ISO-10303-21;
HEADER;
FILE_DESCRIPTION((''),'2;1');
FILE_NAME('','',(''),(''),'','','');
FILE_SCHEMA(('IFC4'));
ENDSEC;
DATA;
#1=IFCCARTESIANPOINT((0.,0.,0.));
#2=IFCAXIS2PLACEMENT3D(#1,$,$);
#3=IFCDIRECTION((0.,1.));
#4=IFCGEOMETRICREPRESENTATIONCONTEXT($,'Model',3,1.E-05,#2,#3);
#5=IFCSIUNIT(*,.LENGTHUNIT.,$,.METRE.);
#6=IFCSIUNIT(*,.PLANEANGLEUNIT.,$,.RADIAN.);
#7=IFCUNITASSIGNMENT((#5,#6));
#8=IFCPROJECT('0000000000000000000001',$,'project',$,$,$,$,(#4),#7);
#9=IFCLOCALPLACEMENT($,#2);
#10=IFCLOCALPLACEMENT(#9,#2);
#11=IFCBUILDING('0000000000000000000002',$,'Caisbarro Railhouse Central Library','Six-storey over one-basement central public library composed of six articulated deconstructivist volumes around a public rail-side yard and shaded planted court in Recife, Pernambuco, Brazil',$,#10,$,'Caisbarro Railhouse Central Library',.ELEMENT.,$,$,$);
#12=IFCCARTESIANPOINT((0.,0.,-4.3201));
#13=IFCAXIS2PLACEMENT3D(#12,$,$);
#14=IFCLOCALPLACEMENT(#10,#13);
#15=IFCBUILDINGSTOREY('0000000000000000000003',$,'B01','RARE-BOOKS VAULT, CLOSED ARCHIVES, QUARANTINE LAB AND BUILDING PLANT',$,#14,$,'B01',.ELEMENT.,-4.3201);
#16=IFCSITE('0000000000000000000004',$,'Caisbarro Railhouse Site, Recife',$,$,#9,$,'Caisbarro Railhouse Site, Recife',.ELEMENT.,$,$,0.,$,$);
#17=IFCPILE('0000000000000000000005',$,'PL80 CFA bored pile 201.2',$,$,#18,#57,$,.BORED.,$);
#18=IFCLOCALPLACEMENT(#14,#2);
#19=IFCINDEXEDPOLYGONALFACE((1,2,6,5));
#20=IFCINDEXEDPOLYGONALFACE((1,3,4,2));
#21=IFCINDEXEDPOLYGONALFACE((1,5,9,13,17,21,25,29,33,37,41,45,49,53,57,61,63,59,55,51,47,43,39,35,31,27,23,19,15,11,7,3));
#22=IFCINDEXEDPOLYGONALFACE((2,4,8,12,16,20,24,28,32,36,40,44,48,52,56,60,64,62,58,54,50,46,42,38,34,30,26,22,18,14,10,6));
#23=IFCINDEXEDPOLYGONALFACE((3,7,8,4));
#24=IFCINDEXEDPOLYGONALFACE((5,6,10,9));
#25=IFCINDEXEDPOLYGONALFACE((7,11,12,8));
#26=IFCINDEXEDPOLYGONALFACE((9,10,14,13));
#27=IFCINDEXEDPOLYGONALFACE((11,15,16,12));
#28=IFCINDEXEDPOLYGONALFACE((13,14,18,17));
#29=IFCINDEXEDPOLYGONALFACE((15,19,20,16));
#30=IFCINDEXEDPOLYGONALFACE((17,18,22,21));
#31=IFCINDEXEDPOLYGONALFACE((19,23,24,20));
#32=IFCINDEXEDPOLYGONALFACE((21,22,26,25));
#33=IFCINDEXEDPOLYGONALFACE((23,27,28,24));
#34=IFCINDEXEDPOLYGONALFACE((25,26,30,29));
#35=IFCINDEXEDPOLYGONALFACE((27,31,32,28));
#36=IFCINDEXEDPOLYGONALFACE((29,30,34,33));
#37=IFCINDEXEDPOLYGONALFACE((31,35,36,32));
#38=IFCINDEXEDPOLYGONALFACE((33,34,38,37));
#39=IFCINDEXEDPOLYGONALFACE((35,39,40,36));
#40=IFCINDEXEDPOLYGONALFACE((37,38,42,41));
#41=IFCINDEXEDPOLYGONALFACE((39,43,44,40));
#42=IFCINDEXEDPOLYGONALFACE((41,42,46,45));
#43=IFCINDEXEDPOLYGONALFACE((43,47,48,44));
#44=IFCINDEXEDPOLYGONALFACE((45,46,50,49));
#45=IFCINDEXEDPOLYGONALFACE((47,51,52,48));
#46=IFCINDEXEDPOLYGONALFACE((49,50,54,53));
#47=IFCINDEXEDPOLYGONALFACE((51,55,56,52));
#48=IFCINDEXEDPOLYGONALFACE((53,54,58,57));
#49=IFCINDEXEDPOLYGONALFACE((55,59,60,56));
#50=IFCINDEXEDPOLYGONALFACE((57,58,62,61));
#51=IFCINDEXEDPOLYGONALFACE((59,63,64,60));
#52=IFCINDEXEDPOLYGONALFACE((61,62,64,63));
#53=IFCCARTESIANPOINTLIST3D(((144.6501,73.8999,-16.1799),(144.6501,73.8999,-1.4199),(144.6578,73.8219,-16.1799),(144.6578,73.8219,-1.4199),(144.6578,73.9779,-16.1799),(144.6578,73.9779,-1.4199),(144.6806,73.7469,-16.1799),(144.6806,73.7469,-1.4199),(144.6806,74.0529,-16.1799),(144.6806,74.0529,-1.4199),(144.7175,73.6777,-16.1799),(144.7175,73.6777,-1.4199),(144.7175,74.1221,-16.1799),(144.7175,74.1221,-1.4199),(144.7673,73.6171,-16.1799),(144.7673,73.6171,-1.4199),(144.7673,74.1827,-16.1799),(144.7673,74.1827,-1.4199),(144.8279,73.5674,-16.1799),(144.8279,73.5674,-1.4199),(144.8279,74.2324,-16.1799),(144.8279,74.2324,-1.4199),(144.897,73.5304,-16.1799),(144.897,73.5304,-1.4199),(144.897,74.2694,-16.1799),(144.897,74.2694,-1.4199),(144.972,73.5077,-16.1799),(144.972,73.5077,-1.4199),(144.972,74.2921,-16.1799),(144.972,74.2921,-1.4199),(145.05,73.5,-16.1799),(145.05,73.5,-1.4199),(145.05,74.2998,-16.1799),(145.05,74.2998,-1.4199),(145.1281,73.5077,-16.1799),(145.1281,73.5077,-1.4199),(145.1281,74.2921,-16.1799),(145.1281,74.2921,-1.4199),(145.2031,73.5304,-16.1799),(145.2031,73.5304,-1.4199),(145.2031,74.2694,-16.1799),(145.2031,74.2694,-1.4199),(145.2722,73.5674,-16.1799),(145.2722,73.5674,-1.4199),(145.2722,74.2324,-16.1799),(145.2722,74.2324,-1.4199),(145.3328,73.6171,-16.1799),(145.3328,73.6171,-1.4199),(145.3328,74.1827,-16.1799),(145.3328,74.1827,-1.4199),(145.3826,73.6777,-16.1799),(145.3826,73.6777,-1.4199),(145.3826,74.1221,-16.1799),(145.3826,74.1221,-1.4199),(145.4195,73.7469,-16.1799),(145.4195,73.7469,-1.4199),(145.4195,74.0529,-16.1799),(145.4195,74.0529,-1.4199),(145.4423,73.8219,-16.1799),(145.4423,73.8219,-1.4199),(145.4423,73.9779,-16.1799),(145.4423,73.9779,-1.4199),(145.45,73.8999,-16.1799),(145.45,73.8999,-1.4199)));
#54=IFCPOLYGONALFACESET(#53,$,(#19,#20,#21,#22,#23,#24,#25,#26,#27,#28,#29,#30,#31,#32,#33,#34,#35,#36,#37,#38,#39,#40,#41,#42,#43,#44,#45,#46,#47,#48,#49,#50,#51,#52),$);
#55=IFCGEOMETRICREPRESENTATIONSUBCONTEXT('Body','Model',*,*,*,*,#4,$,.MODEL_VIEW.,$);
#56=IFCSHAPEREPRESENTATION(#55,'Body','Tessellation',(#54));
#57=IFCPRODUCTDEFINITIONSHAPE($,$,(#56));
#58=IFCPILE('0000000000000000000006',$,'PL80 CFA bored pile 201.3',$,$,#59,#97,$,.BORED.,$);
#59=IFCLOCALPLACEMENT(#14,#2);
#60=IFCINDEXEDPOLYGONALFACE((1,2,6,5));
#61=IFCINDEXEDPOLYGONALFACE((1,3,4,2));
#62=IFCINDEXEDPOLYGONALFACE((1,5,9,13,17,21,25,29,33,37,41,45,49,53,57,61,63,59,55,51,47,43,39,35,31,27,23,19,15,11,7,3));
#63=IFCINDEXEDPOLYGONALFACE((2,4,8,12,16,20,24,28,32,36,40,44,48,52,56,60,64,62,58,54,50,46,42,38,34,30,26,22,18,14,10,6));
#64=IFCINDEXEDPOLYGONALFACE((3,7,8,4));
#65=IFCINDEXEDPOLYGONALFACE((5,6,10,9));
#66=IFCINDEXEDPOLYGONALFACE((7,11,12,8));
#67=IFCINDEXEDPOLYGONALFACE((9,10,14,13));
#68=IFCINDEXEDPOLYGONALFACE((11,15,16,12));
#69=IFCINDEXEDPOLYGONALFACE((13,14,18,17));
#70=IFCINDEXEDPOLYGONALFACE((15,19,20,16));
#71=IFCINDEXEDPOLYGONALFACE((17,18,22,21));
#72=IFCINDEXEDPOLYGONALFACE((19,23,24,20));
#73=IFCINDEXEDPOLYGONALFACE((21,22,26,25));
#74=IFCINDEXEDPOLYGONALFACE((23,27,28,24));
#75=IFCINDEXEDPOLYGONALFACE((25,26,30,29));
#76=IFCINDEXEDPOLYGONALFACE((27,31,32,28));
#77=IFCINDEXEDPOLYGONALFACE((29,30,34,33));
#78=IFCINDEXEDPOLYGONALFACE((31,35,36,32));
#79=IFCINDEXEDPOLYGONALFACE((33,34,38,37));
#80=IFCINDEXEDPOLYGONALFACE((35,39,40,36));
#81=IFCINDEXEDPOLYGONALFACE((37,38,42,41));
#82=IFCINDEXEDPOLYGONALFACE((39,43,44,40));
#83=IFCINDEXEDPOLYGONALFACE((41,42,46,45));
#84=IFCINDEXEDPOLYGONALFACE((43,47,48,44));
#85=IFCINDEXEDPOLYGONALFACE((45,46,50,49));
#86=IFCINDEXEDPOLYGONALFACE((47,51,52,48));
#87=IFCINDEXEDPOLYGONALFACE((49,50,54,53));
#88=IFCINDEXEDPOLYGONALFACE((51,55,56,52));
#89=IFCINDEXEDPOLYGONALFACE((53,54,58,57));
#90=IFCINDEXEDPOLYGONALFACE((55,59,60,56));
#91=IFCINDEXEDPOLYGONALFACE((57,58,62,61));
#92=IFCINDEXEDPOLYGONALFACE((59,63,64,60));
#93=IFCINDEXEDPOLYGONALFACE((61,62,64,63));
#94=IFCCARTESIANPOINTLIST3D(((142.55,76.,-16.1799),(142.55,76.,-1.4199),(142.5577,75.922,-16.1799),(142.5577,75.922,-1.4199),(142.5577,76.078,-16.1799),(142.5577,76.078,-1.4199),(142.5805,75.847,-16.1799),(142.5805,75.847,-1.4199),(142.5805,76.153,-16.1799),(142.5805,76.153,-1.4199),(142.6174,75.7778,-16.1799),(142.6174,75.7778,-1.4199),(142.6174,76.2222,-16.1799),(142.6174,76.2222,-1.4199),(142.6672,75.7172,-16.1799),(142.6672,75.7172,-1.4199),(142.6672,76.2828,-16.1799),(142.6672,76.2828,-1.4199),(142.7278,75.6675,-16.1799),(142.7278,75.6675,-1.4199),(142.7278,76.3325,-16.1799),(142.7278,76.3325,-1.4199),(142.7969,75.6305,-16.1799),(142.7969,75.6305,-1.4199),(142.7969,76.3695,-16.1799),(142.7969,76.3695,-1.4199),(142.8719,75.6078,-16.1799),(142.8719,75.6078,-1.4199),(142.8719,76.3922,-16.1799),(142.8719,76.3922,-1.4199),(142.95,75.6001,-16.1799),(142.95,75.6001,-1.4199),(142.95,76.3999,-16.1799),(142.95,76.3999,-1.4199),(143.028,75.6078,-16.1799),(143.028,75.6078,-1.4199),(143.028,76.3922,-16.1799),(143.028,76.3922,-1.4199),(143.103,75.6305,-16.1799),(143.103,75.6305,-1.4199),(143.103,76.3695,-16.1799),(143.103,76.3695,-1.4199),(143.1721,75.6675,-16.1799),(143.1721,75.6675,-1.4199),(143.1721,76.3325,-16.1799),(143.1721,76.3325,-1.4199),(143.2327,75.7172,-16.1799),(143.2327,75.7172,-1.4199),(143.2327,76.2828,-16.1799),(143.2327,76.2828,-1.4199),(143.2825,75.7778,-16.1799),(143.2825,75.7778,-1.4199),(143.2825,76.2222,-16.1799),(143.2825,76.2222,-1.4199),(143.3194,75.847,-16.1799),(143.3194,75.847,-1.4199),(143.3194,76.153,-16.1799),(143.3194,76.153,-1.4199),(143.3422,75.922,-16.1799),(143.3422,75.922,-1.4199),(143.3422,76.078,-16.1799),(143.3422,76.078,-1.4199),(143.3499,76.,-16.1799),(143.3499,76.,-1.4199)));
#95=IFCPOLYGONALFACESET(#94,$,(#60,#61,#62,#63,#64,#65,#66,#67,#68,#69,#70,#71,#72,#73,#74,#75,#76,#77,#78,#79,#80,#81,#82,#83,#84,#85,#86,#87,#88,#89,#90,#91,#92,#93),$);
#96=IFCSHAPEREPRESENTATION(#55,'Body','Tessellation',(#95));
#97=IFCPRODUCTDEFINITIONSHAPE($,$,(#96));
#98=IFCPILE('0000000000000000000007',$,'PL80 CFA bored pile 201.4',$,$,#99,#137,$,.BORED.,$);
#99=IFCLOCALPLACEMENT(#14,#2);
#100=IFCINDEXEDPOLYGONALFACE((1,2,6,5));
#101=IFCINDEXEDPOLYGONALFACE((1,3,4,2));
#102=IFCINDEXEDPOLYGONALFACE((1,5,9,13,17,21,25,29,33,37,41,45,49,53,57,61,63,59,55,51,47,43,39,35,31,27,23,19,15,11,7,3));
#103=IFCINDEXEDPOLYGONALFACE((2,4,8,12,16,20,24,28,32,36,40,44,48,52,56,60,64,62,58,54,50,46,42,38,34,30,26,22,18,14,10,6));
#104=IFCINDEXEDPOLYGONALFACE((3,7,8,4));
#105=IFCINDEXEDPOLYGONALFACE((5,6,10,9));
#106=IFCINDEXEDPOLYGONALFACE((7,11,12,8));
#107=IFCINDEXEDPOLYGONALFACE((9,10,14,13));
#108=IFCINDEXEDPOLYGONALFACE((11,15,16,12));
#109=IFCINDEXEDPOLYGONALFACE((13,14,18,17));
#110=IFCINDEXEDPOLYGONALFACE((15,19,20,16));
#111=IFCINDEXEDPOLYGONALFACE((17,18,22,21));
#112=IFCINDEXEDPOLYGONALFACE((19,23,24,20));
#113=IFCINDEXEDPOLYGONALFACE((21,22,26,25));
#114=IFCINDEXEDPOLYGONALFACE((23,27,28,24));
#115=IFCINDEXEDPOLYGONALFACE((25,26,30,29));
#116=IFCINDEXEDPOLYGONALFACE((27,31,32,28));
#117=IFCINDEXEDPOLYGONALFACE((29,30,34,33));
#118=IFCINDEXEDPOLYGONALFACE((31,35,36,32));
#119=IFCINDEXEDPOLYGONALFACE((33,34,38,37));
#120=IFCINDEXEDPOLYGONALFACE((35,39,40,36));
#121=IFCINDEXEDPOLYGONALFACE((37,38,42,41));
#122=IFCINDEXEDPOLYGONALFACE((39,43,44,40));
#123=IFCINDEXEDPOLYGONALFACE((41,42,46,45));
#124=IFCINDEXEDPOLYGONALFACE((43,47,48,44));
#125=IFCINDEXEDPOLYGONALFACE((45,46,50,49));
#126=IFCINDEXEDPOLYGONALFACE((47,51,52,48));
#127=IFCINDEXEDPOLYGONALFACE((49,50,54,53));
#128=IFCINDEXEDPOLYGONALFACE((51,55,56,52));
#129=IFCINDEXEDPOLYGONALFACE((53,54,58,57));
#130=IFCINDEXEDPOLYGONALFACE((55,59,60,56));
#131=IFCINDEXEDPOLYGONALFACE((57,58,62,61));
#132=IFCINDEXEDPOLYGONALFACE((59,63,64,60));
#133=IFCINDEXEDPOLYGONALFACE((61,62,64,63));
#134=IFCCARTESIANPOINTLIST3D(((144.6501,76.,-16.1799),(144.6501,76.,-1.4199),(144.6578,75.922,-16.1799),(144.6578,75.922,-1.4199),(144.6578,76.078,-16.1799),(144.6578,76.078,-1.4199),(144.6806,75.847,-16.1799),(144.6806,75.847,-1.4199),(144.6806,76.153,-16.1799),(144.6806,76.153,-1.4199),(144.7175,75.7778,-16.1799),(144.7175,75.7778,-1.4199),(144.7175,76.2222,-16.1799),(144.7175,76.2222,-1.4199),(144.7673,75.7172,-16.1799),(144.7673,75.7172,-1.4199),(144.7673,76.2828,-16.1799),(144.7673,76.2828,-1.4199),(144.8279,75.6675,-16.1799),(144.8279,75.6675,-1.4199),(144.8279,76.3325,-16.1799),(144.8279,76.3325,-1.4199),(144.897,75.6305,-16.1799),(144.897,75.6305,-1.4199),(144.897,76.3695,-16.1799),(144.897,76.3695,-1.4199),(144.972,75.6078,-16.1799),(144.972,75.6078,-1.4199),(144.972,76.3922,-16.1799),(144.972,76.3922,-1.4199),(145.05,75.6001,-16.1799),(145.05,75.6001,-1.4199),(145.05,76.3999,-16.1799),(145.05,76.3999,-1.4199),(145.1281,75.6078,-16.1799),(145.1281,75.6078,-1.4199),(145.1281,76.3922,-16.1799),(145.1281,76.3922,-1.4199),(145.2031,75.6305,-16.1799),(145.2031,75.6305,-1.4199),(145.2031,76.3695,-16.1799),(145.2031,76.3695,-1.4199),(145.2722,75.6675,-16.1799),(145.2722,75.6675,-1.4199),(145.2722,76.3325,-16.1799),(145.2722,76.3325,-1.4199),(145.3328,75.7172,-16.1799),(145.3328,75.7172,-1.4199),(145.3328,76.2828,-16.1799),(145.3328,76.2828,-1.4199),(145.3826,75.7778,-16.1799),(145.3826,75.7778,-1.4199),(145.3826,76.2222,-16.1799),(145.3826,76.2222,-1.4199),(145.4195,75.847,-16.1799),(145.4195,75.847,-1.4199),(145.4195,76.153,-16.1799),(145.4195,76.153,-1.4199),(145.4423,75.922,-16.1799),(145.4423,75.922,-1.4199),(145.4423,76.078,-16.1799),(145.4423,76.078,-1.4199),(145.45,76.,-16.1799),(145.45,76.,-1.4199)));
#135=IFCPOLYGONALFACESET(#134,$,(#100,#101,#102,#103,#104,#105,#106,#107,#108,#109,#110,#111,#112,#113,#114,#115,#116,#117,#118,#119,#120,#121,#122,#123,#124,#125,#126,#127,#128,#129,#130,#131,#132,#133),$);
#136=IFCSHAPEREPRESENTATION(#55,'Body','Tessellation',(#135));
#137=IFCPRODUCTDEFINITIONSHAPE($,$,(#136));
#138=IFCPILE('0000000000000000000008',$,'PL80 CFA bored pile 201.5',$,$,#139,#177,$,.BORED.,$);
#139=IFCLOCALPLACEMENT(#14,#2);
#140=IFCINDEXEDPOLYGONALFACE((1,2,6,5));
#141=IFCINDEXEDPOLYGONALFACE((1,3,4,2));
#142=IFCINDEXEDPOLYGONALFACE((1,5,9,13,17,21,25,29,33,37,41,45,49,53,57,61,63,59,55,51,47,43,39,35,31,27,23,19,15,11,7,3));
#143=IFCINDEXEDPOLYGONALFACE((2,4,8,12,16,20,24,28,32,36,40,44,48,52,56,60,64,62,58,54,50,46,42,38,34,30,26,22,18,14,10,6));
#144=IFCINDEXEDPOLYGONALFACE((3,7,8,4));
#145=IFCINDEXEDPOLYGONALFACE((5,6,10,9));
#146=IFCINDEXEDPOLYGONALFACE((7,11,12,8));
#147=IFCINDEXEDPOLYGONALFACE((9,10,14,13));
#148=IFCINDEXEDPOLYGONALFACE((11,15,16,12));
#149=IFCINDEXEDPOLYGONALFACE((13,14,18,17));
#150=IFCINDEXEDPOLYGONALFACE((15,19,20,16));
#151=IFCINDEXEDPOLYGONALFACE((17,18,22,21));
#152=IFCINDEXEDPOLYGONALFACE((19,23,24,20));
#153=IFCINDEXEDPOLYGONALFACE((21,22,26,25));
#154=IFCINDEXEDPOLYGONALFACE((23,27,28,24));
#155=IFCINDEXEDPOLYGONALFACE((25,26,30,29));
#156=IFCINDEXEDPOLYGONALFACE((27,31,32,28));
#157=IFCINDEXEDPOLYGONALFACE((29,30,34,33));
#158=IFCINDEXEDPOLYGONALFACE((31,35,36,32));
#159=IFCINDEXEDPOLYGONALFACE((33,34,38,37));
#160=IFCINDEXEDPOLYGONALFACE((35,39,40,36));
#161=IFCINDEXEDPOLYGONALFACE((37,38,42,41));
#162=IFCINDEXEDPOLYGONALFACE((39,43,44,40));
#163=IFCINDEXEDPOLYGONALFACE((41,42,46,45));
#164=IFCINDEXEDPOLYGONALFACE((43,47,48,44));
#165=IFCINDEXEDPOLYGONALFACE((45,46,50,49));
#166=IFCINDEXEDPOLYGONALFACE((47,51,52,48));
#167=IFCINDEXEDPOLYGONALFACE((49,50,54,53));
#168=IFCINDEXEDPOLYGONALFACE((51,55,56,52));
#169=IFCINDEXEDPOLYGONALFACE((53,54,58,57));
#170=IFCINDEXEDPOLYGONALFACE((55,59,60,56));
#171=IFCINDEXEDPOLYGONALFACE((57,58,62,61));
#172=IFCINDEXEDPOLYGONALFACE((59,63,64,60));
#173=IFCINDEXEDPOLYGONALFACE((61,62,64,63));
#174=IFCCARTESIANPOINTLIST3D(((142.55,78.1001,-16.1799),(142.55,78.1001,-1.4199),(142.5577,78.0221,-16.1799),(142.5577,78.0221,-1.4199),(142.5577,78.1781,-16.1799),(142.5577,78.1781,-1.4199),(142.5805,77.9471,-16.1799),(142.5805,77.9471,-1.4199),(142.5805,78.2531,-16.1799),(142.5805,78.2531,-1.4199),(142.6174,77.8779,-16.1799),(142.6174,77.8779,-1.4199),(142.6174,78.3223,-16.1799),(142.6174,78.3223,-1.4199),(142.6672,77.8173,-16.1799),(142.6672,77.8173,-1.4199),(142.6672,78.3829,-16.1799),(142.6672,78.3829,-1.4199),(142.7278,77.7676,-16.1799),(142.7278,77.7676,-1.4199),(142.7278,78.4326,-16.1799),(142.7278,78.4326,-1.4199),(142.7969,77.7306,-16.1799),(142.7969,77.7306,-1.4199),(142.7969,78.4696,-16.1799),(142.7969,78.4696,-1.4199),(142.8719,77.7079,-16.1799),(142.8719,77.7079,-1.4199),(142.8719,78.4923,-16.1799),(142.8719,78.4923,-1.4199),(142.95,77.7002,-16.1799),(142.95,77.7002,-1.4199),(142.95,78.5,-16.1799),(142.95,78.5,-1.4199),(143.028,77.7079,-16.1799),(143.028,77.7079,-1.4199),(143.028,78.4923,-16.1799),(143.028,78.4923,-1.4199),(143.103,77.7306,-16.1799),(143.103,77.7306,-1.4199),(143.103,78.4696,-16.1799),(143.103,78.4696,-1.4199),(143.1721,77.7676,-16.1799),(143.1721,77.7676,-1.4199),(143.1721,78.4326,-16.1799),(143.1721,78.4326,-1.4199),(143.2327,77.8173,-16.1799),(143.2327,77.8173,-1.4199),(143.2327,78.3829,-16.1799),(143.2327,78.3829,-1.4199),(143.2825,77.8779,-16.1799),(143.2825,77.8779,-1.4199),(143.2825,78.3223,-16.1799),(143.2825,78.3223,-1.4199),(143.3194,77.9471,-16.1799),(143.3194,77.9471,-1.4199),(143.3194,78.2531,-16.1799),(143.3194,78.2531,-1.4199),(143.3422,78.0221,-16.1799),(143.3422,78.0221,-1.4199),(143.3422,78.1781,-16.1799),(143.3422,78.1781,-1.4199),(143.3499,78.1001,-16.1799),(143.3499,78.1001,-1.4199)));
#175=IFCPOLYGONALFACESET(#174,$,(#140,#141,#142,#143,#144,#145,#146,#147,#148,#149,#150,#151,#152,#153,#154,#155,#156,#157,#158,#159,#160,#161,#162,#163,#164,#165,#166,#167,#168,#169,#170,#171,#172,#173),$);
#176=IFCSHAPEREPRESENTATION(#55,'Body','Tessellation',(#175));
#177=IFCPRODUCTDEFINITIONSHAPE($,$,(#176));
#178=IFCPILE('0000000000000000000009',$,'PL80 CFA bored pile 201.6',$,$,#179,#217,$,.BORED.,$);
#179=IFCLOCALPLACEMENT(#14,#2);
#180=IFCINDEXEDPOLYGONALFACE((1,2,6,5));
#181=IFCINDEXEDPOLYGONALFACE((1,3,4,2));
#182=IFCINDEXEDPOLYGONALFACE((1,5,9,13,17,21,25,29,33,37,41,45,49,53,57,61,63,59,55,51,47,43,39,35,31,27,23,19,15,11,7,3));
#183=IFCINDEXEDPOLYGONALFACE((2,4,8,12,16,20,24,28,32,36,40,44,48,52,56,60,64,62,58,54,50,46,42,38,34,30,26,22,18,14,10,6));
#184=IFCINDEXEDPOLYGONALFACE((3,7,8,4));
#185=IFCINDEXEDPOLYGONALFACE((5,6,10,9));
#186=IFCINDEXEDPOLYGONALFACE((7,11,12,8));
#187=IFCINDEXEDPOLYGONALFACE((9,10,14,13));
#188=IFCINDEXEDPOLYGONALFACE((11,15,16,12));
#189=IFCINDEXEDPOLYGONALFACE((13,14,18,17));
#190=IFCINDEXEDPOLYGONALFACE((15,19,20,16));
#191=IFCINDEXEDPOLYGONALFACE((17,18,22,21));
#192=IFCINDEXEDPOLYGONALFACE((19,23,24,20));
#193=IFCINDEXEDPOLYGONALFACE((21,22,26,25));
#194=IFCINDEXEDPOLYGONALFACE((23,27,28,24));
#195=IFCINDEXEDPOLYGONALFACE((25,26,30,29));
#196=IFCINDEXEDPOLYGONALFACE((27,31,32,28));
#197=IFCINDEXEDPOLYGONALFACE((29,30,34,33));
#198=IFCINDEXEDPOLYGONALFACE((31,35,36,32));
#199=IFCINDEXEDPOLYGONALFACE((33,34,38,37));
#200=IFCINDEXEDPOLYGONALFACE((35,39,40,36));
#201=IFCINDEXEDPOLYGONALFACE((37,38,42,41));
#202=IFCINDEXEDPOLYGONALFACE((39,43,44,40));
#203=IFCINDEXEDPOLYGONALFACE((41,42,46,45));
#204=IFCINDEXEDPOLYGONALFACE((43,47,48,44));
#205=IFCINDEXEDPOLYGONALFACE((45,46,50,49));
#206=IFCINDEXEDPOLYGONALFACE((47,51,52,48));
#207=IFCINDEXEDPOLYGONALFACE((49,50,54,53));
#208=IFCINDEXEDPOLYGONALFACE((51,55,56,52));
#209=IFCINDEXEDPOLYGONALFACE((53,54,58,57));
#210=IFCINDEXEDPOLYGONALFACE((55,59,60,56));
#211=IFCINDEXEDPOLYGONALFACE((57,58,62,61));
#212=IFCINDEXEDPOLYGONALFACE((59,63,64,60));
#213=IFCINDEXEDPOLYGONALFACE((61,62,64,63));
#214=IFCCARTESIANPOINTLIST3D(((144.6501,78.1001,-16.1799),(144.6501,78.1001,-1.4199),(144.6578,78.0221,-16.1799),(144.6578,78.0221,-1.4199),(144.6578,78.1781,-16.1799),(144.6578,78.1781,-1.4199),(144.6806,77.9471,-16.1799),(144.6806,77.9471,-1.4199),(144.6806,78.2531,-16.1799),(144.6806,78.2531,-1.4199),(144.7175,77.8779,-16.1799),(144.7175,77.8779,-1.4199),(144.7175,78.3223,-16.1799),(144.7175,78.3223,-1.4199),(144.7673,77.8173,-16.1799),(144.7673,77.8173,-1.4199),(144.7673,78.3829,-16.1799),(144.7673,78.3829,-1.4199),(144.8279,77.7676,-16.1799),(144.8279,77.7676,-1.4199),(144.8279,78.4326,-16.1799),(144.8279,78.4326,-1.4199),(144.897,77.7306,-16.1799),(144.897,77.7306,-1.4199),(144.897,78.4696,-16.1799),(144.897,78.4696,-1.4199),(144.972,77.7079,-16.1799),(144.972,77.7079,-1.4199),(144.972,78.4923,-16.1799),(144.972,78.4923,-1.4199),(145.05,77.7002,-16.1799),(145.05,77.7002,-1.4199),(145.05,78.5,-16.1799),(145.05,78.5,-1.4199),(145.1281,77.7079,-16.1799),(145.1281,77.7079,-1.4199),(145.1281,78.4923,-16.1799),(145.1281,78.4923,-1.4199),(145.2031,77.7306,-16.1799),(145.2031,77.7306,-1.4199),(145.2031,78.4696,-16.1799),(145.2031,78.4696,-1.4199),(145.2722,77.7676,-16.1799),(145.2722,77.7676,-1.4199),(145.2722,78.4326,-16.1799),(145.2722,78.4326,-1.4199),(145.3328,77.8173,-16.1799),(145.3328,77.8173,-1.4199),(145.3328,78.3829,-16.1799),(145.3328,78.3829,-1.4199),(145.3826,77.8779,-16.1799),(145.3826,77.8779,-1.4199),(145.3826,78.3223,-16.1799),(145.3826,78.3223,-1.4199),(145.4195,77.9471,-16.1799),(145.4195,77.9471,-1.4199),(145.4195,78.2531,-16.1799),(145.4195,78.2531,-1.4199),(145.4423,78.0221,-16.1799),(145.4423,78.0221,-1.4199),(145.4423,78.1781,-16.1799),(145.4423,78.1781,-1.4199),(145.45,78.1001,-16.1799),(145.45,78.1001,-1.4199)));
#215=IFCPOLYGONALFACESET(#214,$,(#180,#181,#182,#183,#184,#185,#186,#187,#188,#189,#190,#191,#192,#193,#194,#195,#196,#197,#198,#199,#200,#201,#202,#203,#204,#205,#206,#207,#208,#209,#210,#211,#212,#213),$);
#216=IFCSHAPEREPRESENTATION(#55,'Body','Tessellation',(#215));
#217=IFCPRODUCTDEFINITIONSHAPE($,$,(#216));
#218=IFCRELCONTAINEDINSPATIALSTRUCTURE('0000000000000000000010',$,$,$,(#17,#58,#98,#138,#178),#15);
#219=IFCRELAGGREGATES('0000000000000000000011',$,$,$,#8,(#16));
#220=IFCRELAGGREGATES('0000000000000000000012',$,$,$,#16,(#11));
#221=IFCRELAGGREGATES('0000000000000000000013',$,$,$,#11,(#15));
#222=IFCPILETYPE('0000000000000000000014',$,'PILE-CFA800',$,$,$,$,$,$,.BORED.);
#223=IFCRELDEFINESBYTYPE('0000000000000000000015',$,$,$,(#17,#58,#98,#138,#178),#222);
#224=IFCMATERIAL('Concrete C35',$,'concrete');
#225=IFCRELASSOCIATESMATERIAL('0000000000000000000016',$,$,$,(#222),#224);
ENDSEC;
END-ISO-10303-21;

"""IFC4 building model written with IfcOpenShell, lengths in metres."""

from ifc_helpers import new_model, si_unit, direction, frame, origin, origin_2d, place, context, subcontext, project, spatial, circle, extrude, material, material_profile, profile_set, type_object, element, save


model = new_model("IFC4")

# Units and contexts
model_context = context("Model", 3, precision=1e-05, world=origin(), true_north=direction((0.0, 1.0)))
body_context = subcontext(model_context, "Body", "Model", "MODEL_VIEW")
ifc_project = project(units=[si_unit("LENGTHUNIT", "METRE"), si_unit("PLANEANGLEUNIT", "RADIAN")], contexts=[model_context])

# Site, building, storey
site_placement = place(None, origin())
site = spatial("IfcSite", under=ifc_project, at=site_placement, Name="Caisbarro Railhouse Site, Recife", LongName="Caisbarro Railhouse Site, Recife", CompositionType="ELEMENT", RefElevation=0.0)
building_placement = place(site_placement, origin())
building = spatial("IfcBuilding", under=site, at=building_placement, Name="Caisbarro Railhouse Central Library", Description="Six-storey over one-basement central public library composed of six articulated deconstructivist volumes around a public rail-side yard and shaded planted court in Recife, Pernambuco, Brazil", LongName="Caisbarro Railhouse Central Library", CompositionType="ELEMENT")
storey_placement = place(building_placement, frame((0.0, 0.0, -4.3201)))
storey = spatial("IfcBuildingStorey", under=building, at=storey_placement, Name="B01", Description="RARE-BOOKS VAULT, CLOSED ARCHIVES, QUARANTINE LAB AND BUILDING PLANT", LongName="B01", CompositionType="ELEMENT", Elevation=-4.3201)

# Shared definitions
ifc_material_1 = material(Name="Concrete C35", Category="concrete")

# Piles
ifc_material_profile_1 = material_profile(ifc_material_1, circle(Radius=0.3999, at=origin_2d()), Name="PILE-CFA-800")
ifc_profile_set_1 = profile_set([ifc_material_profile_1], Name="Concrete C35")
pile_type_1 = type_object("IfcPileType", Name="PILE-CFA800", PredefinedType="BORED", material=ifc_profile_set_1)
for number, where, z_axis, x_axis, name in (
    (1, (145.05, 73.8999, -1.4199), (0.0, 0.0, -1.0), (1.0, 0.0, 0.0), "PL80 CFA bored pile 201.2"),
    (2, (142.95, 76.0, -1.4199), (0.0, 0.0, -1.0), (1.0, 0.0, 0.0), "PL80 CFA bored pile 201.3"),
    (3, (145.05, 76.0, -1.4199), (0.0, 0.0, -1.0), (1.0, 0.0, 0.0), "PL80 CFA bored pile 201.4"),
    (4, (142.95, 78.1001, -1.4199), (0.0, 0.0, -1.0), (1.0, 0.0, 0.0), "PL80 CFA bored pile 201.5"),
    (5, (145.05, 78.1001, -1.4199), (0.0, 0.0, -1.0), (1.0, 0.0, 0.0), "PL80 CFA bored pile 201.6"),
):
    element("IfcPile", number, at=place(storey_placement, frame(where, z_axis=z_axis, x_axis=x_axis)), inside=storey, type_object=pile_type_1, Name=name, PredefinedType="BORED", context=body_context, shape_type="SweptSolid", body=[
        extrude(circle(Radius=0.3999, at=origin_2d()), origin(), (0.0, 0.0, 1.0), 14.76),
    ])

save(model, "model.ifc")
